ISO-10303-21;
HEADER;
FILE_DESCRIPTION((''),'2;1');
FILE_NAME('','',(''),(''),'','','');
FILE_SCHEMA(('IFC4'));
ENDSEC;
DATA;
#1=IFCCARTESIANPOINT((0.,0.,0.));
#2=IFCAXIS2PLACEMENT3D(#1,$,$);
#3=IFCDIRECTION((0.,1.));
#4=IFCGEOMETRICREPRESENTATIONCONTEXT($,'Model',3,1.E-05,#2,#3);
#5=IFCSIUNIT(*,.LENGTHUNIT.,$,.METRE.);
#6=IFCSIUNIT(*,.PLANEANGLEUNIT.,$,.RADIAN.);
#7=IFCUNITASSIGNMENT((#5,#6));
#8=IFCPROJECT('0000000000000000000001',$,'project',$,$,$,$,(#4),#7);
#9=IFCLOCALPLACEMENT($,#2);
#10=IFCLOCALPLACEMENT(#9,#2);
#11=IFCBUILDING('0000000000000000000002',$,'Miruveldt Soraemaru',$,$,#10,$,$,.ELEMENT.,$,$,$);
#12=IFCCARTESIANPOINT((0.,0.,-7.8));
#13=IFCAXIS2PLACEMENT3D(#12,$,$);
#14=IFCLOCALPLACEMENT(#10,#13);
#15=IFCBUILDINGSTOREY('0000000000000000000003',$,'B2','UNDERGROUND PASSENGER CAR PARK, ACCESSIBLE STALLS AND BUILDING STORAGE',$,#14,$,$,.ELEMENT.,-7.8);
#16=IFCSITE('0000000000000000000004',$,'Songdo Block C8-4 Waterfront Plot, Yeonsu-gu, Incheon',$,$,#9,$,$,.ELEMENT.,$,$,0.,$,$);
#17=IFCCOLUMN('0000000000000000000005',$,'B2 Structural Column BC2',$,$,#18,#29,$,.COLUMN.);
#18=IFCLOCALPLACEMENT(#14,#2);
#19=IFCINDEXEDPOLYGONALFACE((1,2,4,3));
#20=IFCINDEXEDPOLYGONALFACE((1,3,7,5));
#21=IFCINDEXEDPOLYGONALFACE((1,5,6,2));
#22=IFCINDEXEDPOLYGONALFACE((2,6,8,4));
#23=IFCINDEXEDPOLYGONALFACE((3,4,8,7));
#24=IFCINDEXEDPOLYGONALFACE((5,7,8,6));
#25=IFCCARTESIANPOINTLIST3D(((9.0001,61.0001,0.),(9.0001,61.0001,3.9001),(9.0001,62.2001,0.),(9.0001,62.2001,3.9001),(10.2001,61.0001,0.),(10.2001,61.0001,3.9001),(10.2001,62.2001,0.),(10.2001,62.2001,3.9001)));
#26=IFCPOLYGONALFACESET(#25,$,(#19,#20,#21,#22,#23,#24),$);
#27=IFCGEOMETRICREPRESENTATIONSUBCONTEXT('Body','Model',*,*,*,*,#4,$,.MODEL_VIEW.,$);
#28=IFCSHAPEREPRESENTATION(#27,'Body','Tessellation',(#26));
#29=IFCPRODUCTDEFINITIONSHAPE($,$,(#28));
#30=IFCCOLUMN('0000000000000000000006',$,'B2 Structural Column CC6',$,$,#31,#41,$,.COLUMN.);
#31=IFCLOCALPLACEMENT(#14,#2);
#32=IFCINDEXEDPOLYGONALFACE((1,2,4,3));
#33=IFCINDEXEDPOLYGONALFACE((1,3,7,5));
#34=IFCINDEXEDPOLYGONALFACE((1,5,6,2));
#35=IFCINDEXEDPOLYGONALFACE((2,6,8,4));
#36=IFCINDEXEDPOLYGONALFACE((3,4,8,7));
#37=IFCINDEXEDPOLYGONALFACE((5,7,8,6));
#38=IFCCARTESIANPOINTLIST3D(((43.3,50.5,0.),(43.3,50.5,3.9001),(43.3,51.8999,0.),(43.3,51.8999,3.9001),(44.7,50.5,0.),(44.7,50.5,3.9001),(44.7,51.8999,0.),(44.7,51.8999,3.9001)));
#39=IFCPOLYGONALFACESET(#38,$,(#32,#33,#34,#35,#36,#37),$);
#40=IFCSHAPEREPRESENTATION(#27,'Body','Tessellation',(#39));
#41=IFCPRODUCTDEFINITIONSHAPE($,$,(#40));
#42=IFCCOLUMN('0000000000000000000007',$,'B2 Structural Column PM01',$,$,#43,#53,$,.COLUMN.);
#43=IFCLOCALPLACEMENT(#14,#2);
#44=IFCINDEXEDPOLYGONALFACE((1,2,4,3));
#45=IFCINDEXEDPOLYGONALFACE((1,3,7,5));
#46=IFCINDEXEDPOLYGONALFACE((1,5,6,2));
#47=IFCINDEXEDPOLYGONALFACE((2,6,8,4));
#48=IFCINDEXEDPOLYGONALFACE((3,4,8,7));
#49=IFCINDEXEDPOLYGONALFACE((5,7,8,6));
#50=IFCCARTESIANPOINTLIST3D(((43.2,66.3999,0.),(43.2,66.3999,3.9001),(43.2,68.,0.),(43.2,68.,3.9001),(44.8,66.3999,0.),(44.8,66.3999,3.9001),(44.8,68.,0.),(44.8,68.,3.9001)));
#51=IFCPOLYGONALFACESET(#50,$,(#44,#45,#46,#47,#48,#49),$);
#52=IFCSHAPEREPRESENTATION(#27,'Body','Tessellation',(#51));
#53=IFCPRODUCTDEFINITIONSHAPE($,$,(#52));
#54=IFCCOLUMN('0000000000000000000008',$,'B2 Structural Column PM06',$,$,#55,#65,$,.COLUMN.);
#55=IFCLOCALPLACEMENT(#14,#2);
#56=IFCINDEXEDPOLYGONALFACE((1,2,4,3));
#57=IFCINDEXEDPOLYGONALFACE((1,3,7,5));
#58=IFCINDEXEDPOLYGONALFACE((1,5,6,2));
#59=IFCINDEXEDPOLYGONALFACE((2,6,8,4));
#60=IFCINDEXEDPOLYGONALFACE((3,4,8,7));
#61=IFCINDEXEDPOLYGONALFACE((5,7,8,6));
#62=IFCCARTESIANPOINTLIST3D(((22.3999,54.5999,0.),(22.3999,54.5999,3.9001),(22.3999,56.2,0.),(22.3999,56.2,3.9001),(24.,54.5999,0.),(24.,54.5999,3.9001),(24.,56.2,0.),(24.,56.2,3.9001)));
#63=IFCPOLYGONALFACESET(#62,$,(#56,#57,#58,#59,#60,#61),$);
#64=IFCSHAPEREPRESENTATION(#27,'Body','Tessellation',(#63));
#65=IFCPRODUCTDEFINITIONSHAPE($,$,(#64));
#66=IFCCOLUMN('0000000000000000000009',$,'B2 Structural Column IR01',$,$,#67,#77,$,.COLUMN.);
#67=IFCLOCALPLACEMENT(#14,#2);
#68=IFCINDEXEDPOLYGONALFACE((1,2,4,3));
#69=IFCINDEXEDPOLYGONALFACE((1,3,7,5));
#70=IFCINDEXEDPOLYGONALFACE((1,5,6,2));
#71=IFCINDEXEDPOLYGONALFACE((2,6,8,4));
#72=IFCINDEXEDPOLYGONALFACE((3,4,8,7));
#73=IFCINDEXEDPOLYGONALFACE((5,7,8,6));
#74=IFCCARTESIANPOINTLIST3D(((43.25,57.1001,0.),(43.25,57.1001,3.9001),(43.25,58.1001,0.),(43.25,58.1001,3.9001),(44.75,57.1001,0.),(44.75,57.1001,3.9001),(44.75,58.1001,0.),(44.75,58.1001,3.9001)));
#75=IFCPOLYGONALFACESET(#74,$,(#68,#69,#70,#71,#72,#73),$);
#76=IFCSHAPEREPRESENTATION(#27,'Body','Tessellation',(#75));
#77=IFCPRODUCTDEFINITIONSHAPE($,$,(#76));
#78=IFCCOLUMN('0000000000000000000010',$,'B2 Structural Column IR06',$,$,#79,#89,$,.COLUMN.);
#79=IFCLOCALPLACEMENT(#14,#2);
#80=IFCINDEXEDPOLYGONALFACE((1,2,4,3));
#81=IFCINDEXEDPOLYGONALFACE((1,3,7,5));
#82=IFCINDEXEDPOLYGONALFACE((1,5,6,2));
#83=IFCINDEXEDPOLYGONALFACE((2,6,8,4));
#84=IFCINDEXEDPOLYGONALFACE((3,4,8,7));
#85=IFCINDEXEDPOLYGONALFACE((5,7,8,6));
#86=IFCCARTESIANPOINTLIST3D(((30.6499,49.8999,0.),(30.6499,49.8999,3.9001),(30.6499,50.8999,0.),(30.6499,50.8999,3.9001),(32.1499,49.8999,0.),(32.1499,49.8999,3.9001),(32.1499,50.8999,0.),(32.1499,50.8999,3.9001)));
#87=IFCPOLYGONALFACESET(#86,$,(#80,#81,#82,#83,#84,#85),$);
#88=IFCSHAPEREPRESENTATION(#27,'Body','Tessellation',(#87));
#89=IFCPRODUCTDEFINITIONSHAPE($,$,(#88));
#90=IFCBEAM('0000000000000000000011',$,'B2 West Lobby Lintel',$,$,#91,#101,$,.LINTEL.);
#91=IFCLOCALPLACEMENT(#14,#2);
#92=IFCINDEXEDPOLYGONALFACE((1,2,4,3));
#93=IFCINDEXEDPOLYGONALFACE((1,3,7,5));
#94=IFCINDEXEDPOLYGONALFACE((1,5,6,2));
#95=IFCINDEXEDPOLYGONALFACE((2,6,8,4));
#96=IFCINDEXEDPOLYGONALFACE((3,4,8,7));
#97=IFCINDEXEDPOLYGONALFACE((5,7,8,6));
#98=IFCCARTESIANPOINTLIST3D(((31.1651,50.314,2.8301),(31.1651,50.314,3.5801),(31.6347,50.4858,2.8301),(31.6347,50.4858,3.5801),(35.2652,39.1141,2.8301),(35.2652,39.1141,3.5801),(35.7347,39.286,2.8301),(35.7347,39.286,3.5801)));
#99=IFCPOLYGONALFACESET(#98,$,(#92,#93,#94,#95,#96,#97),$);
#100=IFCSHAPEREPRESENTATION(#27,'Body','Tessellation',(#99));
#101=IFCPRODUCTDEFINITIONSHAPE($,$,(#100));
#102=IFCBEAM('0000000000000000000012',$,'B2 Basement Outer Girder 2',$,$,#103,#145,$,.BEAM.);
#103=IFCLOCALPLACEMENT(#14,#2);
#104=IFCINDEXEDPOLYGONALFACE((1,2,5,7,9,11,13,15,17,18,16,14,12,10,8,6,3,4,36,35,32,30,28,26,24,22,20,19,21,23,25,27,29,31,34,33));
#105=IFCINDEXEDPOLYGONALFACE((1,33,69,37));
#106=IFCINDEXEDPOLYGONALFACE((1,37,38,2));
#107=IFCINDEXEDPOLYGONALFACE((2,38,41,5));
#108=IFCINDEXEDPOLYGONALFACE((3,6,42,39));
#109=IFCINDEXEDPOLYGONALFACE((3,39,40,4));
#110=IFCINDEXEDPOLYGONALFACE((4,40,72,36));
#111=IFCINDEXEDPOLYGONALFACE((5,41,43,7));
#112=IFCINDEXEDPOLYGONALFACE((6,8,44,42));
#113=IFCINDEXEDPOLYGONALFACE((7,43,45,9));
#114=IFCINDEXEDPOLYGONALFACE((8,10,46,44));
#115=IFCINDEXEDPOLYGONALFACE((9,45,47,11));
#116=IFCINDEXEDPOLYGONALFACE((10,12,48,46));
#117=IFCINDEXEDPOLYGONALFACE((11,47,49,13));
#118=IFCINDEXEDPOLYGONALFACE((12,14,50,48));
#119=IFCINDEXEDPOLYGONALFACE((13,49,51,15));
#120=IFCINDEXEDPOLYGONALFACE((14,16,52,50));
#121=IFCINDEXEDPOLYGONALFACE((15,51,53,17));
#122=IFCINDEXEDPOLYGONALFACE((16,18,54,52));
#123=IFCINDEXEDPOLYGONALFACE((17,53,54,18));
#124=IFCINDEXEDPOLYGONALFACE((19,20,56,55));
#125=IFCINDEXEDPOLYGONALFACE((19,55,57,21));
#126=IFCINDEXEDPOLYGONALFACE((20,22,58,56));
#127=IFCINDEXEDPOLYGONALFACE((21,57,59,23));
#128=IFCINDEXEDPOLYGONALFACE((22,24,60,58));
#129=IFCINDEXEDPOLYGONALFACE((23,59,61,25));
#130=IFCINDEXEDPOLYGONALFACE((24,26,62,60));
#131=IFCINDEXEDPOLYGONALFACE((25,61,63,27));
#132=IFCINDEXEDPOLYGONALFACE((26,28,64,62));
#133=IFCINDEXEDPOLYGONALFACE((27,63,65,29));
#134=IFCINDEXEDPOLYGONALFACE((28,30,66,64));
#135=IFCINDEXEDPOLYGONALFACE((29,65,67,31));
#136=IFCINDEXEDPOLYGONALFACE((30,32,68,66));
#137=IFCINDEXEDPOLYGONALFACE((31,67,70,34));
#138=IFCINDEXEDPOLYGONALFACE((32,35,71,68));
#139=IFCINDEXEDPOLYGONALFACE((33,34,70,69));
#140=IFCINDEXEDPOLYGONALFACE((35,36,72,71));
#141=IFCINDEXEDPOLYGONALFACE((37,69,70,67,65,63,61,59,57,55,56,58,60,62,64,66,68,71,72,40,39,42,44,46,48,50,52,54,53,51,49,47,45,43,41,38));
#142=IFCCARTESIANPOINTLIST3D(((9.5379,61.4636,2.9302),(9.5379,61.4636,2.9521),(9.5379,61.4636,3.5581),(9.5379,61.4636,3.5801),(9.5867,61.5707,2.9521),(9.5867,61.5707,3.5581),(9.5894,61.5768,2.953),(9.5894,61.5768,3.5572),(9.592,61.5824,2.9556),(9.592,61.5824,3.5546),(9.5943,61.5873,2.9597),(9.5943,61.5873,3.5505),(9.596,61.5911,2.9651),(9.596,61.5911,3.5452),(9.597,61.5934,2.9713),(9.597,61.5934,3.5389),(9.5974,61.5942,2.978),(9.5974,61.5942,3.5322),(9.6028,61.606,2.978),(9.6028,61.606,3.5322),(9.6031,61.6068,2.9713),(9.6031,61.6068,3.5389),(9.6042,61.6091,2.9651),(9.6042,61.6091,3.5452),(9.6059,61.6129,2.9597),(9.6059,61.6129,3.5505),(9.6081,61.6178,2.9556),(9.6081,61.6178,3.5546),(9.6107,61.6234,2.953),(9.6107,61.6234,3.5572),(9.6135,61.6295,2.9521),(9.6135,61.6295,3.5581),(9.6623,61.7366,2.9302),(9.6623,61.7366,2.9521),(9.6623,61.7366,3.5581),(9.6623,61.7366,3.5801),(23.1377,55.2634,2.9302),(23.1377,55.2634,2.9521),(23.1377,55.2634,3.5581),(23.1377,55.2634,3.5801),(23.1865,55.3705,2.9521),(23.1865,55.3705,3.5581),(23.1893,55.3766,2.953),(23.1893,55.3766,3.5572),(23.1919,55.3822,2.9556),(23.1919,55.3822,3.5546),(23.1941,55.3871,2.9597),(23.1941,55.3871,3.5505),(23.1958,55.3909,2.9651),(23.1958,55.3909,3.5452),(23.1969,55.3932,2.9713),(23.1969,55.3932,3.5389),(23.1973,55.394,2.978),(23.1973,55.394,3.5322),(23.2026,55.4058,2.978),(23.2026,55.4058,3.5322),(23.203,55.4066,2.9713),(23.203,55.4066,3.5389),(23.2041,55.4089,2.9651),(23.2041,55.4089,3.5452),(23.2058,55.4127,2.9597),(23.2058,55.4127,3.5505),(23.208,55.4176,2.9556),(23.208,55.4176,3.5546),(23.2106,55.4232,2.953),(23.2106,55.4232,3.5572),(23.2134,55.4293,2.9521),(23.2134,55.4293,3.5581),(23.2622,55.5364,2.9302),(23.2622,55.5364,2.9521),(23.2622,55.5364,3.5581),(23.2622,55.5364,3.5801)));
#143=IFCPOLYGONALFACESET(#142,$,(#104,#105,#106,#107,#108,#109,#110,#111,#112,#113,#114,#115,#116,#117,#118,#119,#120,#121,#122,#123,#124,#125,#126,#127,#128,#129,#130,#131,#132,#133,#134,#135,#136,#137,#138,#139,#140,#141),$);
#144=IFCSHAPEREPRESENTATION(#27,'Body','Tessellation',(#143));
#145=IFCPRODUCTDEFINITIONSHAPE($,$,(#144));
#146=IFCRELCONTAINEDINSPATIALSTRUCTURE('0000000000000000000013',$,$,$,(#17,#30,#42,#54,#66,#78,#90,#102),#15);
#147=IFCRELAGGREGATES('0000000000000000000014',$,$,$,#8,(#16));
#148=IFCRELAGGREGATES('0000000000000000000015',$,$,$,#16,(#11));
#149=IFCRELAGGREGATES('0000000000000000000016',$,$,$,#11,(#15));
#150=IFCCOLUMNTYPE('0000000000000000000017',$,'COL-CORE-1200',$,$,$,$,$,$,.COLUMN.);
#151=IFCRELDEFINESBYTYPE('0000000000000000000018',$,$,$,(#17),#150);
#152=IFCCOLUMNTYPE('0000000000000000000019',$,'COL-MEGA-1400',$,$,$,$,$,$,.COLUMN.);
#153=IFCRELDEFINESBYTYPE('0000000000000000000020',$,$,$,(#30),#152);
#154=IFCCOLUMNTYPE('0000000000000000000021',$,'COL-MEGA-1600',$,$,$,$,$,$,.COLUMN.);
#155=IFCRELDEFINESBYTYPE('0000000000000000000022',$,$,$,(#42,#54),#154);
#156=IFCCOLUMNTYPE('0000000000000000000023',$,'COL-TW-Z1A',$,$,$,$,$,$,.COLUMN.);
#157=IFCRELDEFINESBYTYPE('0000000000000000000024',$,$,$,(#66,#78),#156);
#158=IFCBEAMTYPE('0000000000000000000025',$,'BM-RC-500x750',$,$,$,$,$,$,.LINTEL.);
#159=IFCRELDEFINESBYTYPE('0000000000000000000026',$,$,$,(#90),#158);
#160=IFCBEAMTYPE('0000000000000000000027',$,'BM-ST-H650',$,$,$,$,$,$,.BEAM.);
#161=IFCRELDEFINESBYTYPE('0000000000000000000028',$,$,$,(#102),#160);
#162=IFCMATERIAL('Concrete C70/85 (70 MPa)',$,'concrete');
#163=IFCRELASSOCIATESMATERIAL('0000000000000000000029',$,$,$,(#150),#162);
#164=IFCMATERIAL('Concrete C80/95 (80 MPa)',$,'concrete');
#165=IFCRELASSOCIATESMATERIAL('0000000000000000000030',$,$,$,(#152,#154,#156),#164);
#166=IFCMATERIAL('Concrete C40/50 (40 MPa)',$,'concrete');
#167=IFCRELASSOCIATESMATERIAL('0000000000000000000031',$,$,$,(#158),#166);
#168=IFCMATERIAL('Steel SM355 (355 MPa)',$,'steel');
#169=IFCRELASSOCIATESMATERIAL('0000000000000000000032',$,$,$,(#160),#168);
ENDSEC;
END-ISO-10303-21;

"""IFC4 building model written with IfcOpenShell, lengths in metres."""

from ifc_helpers import new_model, si_unit, direction, frame, origin, origin_2d, place, context, subcontext, project, spatial, rectangle, i_section, extrude, material, material_profile, profile_set, type_object, element, save


model = new_model("IFC4")

# Units and contexts
model_context = context("Model", 3, precision=1e-05, world=origin(), true_north=direction((0.0, 1.0)))
body_context = subcontext(model_context, "Body", "Model", "MODEL_VIEW")
ifc_project = project(units=[si_unit("LENGTHUNIT", "METRE"), si_unit("PLANEANGLEUNIT", "RADIAN")], contexts=[model_context])

# Site, building, storey
site_placement = place(None, origin())
site = spatial("IfcSite", under=ifc_project, at=site_placement, Name="Songdo Block C8-4 Waterfront Plot, Yeonsu-gu, Incheon", CompositionType="ELEMENT", RefElevation=0.0)
building_placement = place(site_placement, origin())
building = spatial("IfcBuilding", under=site, at=building_placement, Name="Miruveldt Soraemaru", CompositionType="ELEMENT")
storey_placement = place(building_placement, frame((0.0, 0.0, -7.8)))
storey = spatial("IfcBuildingStorey", under=building, at=storey_placement, Name="B2", Description="UNDERGROUND PASSENGER CAR PARK, ACCESSIBLE STALLS AND BUILDING STORAGE", CompositionType="ELEMENT", Elevation=-7.8)

# Columns
ifc_material_1 = material(Name="Concrete C70/85 (70 MPa)", Category="concrete")
ifc_material_profile_1 = material_profile(ifc_material_1, rectangle(XDim=1.2, YDim=1.2, at=origin_2d()), Name="Concrete C70/85 (70 MPa)", Category="concrete")
ifc_profile_set_1 = profile_set([ifc_material_profile_1], Name="Concrete C70/85 (70 MPa)")
column_type_1 = type_object("IfcColumnType", Name="COL-CORE-1200", PredefinedType="COLUMN", material=ifc_profile_set_1)
column_1_placement = place(storey_placement, frame((9.6001, 61.6001, 0.0), z_axis=(0.0, 0.0, 1.0), x_axis=(1.0, 0.0, 0.0)))
element("IfcColumn", 1, at=column_1_placement, inside=storey, type_object=column_type_1, Name="B2 Structural Column BC2", PredefinedType="COLUMN", context=body_context, shape_type="SweptSolid", body=[
    extrude(rectangle(XDim=1.2, YDim=1.2, at=origin_2d()), origin(), (0.0, 0.0, 1.0), 3.9001),
])
ifc_material_2 = material(Name="Concrete C80/95 (80 MPa)", Category="concrete")
ifc_material_profile_2 = material_profile(ifc_material_2, rectangle(XDim=1.3999, YDim=1.3999, at=origin_2d()), Name="Concrete C80/95 (80 MPa)", Category="concrete")
ifc_profile_set_2 = profile_set([ifc_material_profile_2], Name="Concrete C80/95 (80 MPa)")
column_type_2 = type_object("IfcColumnType", Name="COL-MEGA-1400", PredefinedType="COLUMN", material=ifc_profile_set_2)
column_2_placement = place(storey_placement, frame((44.0, 51.2, 0.0), z_axis=(0.0, 0.0, 1.0), x_axis=(1.0, 0.0, 0.0)))
element("IfcColumn", 2, at=column_2_placement, inside=storey, type_object=column_type_2, Name="B2 Structural Column CC6", PredefinedType="COLUMN", context=body_context, shape_type="SweptSolid", body=[
    extrude(rectangle(XDim=1.3999, YDim=1.3999, at=origin_2d()), origin(), (0.0, 0.0, 1.0), 3.9001),
])
ifc_material_profile_3 = material_profile(ifc_material_2, rectangle(XDim=1.6001, YDim=1.6001, at=origin_2d()), Name="Concrete C80/95 (80 MPa)", Category="concrete")
ifc_profile_set_3 = profile_set([ifc_material_profile_3], Name="Concrete C80/95 (80 MPa)")
column_type_3 = type_object("IfcColumnType", Name="COL-MEGA-1600", PredefinedType="COLUMN", material=ifc_profile_set_3)
for number, where, z_axis, x_axis, name in (
    (3, (44.0, 67.2, 0.0), (0.0, 0.0, 1.0), (1.0, 0.0, 0.0), "B2 Structural Column PM01"),
    (4, (23.2, 55.3999, 0.0), (0.0, 0.0, 1.0), (1.0, 0.0, 0.0), "B2 Structural Column PM06"),
):
    element("IfcColumn", number, at=place(storey_placement, frame(where, z_axis=z_axis, x_axis=x_axis)), inside=storey, type_object=column_type_3, Name=name, PredefinedType="COLUMN", context=body_context, shape_type="SweptSolid", body=[
        extrude(rectangle(XDim=1.6001, YDim=1.6001, at=origin_2d()), origin(), (0.0, 0.0, 1.0), 3.9001),
    ])
ifc_material_profile_4 = material_profile(ifc_material_2, rectangle(XDim=1.5, YDim=1.0, at=origin_2d()), Name="Concrete C80/95 (80 MPa)", Category="concrete")
ifc_profile_set_4 = profile_set([ifc_material_profile_4], Name="Concrete C80/95 (80 MPa)")
column_type_4 = type_object("IfcColumnType", Name="COL-TW-Z1A", PredefinedType="COLUMN", material=ifc_profile_set_4)
for number, where, z_axis, x_axis, name in (
    (5, (44.0, 57.6001, 0.0), (0.0, 0.0, 1.0), (1.0, 0.0, 0.0), "B2 Structural Column IR01"),
    (6, (31.3999, 50.3999, 0.0), (0.0, 0.0, 1.0), (1.0, 0.0, 0.0), "B2 Structural Column IR06"),
):
    element("IfcColumn", number, at=place(storey_placement, frame(where, z_axis=z_axis, x_axis=x_axis)), inside=storey, type_object=column_type_4, Name=name, PredefinedType="COLUMN", context=body_context, shape_type="SweptSolid", body=[
        extrude(rectangle(XDim=1.5, YDim=1.0, at=origin_2d()), origin(), (0.0, 0.0, 1.0), 3.9001),
    ])

# Beams
ifc_material_3 = material(Name="Concrete C40/50 (40 MPa)", Category="concrete")
ifc_material_profile_5 = material_profile(ifc_material_3, rectangle(XDim=0.5, YDim=0.75, at=origin_2d()), Name="Concrete C40/50 (40 MPa)", Category="concrete")
ifc_profile_set_5 = profile_set([ifc_material_profile_5], Name="Concrete C40/50 (40 MPa)")
beam_type_1 = type_object("IfcBeamType", Name="BM-RC-500x750", PredefinedType="LINTEL", material=ifc_profile_set_5)
beam_1_placement = place(storey_placement, frame((31.3999, 50.3999, 3.2051), z_axis=(0.34377, -0.939054, 0.0), x_axis=(0.939054, 0.34377, 0.0)))
element("IfcBeam", 7, at=beam_1_placement, inside=storey, type_object=beam_type_1, Name="B2 West Lobby Lintel", PredefinedType="LINTEL", context=body_context, shape_type="SweptSolid", body=[
    extrude(rectangle(XDim=0.5, YDim=0.75, at=origin_2d()), origin(), (0.0, 0.0, 1.0), 11.9268),
])
ifc_material_4 = material(Name="Steel SM355 (355 MPa)", Category="steel")
ifc_material_profile_6 = material_profile(ifc_material_4, i_section(OverallWidth=0.3, OverallDepth=0.6499, WebThickness=0.0129, FlangeThickness=0.022, FilletRadius=0.0259, at=origin_2d()), Name="Steel SM355 (355 MPa)", Category="steel")
ifc_profile_set_6 = profile_set([ifc_material_profile_6], Name="Steel SM355 (355 MPa)")
beam_type_2 = type_object("IfcBeamType", Name="BM-ST-H650", PredefinedType="BEAM", material=ifc_profile_set_6)
beam_2_placement = place(storey_placement, frame((23.2, 55.3999, 3.2551), z_axis=(-0.909901, 0.414825, 0.0), x_axis=(-0.414825, -0.909901, 0.0)))
element("IfcBeam", 8, at=beam_2_placement, inside=storey, type_object=beam_type_2, Name="B2 Basement Outer Girder 2", PredefinedType="BEAM", context=body_context, shape_type="SweptSolid", body=[
    extrude(i_section(OverallWidth=0.3, OverallDepth=0.6499, WebThickness=0.0129, FlangeThickness=0.022, FilletRadius=0.0259, at=origin_2d()), origin(), (0.0, 0.0, 1.0), 14.9465),
])

save(model, "model.ifc")
